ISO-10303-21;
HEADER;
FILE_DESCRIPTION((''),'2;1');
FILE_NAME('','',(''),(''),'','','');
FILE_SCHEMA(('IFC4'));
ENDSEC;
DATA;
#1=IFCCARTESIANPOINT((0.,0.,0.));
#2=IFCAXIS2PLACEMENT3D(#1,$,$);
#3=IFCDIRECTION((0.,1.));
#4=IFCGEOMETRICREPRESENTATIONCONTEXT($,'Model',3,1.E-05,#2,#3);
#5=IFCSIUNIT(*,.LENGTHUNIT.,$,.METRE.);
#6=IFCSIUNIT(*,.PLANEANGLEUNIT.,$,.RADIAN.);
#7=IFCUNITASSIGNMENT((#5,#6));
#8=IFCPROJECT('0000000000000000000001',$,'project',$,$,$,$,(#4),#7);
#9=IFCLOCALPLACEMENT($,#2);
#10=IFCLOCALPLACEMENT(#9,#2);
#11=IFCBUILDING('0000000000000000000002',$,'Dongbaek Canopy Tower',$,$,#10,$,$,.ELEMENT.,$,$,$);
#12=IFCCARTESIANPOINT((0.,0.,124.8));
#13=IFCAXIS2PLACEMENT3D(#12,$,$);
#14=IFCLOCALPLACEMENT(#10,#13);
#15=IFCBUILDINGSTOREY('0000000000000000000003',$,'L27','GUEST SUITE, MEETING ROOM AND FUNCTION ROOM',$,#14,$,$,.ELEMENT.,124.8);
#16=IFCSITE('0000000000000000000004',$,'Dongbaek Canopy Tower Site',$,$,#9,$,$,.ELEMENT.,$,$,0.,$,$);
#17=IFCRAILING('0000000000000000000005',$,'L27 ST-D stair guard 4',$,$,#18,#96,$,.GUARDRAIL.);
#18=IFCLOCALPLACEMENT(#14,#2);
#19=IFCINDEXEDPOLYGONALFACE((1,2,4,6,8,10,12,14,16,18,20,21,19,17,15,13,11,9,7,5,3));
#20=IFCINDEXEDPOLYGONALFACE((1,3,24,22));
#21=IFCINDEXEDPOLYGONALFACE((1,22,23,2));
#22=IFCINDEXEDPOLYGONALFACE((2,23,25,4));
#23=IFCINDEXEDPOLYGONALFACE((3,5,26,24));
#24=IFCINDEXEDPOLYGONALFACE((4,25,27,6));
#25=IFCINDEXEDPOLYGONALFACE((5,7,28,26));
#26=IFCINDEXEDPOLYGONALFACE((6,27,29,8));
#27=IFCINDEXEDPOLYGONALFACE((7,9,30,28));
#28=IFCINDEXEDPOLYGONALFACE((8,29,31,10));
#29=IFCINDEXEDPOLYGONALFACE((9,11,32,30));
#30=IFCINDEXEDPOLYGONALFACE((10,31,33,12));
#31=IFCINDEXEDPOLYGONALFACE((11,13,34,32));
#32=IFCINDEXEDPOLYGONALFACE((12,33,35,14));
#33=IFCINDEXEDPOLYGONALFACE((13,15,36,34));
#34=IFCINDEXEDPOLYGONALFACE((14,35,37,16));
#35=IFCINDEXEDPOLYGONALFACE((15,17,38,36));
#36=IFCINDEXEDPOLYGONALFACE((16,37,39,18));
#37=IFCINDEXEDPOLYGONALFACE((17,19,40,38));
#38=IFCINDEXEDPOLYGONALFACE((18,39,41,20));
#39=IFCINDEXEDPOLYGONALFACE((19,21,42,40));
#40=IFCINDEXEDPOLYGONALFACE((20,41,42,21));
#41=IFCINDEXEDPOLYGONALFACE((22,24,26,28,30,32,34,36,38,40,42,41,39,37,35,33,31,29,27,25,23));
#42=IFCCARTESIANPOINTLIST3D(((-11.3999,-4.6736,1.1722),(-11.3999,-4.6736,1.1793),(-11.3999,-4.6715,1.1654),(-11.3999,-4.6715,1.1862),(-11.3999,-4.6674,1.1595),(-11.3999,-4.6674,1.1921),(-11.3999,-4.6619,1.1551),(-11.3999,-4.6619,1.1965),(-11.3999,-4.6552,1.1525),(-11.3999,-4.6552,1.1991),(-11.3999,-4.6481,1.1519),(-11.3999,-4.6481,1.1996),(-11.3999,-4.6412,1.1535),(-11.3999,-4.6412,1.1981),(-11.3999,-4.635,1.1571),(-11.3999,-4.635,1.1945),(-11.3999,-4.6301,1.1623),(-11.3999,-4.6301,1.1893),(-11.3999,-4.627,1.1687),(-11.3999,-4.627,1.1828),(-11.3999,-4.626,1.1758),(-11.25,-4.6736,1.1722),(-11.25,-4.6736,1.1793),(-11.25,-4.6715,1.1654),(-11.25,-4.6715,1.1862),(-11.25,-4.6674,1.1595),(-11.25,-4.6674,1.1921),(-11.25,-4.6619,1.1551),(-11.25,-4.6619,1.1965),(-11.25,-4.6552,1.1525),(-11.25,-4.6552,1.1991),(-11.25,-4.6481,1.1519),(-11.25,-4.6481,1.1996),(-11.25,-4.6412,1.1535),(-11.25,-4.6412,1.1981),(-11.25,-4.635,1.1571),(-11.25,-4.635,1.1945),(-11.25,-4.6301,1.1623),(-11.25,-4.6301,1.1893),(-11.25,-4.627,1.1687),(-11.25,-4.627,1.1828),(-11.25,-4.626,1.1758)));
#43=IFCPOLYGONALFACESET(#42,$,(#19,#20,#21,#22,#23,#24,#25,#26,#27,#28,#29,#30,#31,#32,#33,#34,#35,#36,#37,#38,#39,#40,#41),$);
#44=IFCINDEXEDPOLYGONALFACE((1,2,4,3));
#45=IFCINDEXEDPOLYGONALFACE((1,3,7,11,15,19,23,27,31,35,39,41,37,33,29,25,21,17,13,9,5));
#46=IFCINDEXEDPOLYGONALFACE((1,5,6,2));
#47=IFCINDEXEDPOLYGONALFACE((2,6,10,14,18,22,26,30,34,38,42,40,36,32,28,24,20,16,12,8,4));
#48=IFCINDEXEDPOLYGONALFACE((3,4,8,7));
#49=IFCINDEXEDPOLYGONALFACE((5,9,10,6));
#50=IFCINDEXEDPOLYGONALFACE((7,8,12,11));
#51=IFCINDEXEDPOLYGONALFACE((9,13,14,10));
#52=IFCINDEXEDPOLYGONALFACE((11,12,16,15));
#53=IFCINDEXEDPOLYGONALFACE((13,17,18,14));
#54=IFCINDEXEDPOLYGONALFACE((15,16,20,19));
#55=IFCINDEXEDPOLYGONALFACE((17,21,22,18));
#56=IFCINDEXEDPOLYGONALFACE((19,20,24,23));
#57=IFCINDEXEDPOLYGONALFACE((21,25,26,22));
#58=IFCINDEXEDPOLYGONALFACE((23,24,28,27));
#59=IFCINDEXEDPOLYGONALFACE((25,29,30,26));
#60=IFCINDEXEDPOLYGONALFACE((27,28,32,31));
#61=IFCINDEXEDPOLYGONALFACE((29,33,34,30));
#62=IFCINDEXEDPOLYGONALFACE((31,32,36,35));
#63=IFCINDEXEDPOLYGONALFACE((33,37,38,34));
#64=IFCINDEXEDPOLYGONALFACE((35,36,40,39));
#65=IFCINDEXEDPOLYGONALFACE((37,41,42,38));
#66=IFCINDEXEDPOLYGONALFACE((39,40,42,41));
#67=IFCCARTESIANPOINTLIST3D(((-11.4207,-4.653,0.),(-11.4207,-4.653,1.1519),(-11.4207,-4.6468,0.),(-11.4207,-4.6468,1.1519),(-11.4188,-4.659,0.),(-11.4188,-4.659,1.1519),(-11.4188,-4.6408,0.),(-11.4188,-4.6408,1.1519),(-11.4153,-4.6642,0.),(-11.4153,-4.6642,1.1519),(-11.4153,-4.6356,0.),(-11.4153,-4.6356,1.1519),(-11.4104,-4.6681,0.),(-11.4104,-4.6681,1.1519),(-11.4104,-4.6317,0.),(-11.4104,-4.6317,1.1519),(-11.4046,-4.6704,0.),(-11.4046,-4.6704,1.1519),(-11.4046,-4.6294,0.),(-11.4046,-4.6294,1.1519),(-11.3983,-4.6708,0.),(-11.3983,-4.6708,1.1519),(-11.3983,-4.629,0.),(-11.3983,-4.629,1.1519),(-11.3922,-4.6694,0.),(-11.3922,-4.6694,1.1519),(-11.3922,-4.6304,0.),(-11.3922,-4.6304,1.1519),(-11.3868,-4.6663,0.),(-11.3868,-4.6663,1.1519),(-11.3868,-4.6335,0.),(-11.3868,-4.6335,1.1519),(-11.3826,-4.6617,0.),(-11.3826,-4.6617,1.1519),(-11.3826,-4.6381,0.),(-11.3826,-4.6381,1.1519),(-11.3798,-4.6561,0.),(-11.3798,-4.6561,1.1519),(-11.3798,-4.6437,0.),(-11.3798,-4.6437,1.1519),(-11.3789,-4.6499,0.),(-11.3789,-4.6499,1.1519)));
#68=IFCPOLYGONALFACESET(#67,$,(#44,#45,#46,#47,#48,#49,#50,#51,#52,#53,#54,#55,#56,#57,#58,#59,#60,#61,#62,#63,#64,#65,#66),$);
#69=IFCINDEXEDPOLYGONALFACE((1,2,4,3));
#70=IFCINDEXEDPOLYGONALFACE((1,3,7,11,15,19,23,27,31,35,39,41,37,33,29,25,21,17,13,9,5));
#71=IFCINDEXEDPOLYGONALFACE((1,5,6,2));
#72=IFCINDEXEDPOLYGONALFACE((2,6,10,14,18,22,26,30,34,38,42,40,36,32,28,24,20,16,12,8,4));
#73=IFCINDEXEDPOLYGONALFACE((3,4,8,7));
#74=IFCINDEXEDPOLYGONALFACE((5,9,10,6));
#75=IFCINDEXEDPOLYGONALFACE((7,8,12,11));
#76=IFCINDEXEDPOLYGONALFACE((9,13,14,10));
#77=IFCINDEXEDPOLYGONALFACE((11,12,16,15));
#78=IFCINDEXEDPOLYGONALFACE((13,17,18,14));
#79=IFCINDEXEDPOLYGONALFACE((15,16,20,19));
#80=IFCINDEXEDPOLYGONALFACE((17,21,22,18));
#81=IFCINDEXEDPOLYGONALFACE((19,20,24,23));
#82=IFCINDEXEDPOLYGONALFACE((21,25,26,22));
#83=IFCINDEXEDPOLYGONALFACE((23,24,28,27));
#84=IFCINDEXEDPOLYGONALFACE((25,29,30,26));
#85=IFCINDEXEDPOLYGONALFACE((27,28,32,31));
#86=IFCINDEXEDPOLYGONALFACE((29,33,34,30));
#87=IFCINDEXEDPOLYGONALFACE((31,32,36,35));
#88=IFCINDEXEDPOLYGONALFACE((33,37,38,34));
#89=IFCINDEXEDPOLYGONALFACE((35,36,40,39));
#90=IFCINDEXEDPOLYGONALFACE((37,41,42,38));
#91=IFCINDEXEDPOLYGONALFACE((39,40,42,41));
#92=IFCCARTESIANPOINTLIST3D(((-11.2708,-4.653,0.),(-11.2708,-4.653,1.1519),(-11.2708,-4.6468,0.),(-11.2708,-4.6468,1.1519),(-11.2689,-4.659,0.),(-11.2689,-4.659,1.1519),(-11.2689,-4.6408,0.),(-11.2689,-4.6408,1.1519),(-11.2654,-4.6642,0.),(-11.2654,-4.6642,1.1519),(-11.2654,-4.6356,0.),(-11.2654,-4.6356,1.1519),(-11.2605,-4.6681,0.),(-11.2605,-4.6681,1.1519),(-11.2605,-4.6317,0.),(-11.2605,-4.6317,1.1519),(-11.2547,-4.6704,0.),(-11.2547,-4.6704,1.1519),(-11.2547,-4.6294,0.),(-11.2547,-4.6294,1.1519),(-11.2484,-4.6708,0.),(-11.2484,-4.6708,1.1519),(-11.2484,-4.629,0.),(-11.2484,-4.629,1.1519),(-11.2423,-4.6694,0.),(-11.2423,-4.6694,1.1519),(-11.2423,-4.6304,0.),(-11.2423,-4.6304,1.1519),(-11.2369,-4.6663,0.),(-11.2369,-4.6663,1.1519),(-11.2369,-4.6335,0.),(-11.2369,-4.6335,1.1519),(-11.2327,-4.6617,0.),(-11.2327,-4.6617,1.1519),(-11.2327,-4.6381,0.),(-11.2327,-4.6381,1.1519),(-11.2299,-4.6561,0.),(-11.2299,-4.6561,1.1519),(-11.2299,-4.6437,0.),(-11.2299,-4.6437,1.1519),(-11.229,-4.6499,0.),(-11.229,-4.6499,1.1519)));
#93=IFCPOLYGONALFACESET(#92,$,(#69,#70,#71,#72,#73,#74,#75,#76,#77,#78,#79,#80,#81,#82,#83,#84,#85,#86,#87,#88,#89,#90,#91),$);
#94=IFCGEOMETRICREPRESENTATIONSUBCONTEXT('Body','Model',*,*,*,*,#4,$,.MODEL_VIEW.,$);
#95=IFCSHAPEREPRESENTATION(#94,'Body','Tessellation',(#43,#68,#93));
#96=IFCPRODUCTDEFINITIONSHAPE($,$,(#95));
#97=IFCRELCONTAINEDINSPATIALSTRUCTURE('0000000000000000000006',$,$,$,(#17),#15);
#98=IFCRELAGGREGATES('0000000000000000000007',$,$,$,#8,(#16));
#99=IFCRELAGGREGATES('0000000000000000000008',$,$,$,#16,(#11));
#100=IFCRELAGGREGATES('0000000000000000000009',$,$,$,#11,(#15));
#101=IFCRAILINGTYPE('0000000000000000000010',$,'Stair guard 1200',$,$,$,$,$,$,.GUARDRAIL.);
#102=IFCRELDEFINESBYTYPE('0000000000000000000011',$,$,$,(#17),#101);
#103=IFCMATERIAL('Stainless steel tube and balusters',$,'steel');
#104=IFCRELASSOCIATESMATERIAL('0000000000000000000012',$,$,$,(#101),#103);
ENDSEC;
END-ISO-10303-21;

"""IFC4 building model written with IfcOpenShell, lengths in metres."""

from ifc_helpers import new_model, si_unit, direction, frame, origin, origin_2d, place, context, subcontext, project, spatial, circle, extrude, material, type_object, element, save


model = new_model("IFC4")

# Units and contexts
model_context = context("Model", 3, precision=1e-05, world=origin(), true_north=direction((0.0, 1.0)))
body_context = subcontext(model_context, "Body", "Model", "MODEL_VIEW")
ifc_project = project(units=[si_unit("LENGTHUNIT", "METRE"), si_unit("PLANEANGLEUNIT", "RADIAN")], contexts=[model_context])

# Site, building, storey
site_placement = place(None, origin())
site = spatial("IfcSite", under=ifc_project, at=site_placement, Name="Dongbaek Canopy Tower Site", CompositionType="ELEMENT", RefElevation=0.0)
building_placement = place(site_placement, origin())
building = spatial("IfcBuilding", under=site, at=building_placement, Name="Dongbaek Canopy Tower", CompositionType="ELEMENT")
storey_placement = place(building_placement, frame((0.0, 0.0, 124.8)))
storey = spatial("IfcBuildingStorey", under=building, at=storey_placement, Name="L27", Description="GUEST SUITE, MEETING ROOM AND FUNCTION ROOM", CompositionType="ELEMENT", Elevation=124.8)

# Railing
ifc_material_1 = material(Name="Stainless steel tube and balusters", Category="steel")
railing_type_1 = type_object("IfcRailingType", Name="Stair guard 1200", PredefinedType="GUARDRAIL", material=ifc_material_1)
railing_1_placement = place(storey_placement, frame((-11.3999, -4.6499, 0.0)))
element("IfcRailing", 1, at=railing_1_placement, inside=storey, type_object=railing_type_1, Name="L27 ST-D stair guard 4", PredefinedType="GUARDRAIL", context=body_context, shape_type="SweptSolid", body=[
    extrude(circle(Radius=0.0239, at=origin_2d()), frame((0.0, 0.0, 1.1758), z_axis=(1.0, 0.0, 0.0), x_axis=(0.0, 1.0, 0.0)), (0.0, 0.0, 1.0), 0.1499),
    extrude(circle(Radius=0.021, at=origin_2d()), origin(), (0.0, 0.0, 1.0), 1.1519),
    extrude(circle(Radius=0.021, at=origin_2d()), frame((0.1499, 0.0, 0.0)), (0.0, 0.0, 1.0), 1.1519),
])

save(model, "model.ifc")
